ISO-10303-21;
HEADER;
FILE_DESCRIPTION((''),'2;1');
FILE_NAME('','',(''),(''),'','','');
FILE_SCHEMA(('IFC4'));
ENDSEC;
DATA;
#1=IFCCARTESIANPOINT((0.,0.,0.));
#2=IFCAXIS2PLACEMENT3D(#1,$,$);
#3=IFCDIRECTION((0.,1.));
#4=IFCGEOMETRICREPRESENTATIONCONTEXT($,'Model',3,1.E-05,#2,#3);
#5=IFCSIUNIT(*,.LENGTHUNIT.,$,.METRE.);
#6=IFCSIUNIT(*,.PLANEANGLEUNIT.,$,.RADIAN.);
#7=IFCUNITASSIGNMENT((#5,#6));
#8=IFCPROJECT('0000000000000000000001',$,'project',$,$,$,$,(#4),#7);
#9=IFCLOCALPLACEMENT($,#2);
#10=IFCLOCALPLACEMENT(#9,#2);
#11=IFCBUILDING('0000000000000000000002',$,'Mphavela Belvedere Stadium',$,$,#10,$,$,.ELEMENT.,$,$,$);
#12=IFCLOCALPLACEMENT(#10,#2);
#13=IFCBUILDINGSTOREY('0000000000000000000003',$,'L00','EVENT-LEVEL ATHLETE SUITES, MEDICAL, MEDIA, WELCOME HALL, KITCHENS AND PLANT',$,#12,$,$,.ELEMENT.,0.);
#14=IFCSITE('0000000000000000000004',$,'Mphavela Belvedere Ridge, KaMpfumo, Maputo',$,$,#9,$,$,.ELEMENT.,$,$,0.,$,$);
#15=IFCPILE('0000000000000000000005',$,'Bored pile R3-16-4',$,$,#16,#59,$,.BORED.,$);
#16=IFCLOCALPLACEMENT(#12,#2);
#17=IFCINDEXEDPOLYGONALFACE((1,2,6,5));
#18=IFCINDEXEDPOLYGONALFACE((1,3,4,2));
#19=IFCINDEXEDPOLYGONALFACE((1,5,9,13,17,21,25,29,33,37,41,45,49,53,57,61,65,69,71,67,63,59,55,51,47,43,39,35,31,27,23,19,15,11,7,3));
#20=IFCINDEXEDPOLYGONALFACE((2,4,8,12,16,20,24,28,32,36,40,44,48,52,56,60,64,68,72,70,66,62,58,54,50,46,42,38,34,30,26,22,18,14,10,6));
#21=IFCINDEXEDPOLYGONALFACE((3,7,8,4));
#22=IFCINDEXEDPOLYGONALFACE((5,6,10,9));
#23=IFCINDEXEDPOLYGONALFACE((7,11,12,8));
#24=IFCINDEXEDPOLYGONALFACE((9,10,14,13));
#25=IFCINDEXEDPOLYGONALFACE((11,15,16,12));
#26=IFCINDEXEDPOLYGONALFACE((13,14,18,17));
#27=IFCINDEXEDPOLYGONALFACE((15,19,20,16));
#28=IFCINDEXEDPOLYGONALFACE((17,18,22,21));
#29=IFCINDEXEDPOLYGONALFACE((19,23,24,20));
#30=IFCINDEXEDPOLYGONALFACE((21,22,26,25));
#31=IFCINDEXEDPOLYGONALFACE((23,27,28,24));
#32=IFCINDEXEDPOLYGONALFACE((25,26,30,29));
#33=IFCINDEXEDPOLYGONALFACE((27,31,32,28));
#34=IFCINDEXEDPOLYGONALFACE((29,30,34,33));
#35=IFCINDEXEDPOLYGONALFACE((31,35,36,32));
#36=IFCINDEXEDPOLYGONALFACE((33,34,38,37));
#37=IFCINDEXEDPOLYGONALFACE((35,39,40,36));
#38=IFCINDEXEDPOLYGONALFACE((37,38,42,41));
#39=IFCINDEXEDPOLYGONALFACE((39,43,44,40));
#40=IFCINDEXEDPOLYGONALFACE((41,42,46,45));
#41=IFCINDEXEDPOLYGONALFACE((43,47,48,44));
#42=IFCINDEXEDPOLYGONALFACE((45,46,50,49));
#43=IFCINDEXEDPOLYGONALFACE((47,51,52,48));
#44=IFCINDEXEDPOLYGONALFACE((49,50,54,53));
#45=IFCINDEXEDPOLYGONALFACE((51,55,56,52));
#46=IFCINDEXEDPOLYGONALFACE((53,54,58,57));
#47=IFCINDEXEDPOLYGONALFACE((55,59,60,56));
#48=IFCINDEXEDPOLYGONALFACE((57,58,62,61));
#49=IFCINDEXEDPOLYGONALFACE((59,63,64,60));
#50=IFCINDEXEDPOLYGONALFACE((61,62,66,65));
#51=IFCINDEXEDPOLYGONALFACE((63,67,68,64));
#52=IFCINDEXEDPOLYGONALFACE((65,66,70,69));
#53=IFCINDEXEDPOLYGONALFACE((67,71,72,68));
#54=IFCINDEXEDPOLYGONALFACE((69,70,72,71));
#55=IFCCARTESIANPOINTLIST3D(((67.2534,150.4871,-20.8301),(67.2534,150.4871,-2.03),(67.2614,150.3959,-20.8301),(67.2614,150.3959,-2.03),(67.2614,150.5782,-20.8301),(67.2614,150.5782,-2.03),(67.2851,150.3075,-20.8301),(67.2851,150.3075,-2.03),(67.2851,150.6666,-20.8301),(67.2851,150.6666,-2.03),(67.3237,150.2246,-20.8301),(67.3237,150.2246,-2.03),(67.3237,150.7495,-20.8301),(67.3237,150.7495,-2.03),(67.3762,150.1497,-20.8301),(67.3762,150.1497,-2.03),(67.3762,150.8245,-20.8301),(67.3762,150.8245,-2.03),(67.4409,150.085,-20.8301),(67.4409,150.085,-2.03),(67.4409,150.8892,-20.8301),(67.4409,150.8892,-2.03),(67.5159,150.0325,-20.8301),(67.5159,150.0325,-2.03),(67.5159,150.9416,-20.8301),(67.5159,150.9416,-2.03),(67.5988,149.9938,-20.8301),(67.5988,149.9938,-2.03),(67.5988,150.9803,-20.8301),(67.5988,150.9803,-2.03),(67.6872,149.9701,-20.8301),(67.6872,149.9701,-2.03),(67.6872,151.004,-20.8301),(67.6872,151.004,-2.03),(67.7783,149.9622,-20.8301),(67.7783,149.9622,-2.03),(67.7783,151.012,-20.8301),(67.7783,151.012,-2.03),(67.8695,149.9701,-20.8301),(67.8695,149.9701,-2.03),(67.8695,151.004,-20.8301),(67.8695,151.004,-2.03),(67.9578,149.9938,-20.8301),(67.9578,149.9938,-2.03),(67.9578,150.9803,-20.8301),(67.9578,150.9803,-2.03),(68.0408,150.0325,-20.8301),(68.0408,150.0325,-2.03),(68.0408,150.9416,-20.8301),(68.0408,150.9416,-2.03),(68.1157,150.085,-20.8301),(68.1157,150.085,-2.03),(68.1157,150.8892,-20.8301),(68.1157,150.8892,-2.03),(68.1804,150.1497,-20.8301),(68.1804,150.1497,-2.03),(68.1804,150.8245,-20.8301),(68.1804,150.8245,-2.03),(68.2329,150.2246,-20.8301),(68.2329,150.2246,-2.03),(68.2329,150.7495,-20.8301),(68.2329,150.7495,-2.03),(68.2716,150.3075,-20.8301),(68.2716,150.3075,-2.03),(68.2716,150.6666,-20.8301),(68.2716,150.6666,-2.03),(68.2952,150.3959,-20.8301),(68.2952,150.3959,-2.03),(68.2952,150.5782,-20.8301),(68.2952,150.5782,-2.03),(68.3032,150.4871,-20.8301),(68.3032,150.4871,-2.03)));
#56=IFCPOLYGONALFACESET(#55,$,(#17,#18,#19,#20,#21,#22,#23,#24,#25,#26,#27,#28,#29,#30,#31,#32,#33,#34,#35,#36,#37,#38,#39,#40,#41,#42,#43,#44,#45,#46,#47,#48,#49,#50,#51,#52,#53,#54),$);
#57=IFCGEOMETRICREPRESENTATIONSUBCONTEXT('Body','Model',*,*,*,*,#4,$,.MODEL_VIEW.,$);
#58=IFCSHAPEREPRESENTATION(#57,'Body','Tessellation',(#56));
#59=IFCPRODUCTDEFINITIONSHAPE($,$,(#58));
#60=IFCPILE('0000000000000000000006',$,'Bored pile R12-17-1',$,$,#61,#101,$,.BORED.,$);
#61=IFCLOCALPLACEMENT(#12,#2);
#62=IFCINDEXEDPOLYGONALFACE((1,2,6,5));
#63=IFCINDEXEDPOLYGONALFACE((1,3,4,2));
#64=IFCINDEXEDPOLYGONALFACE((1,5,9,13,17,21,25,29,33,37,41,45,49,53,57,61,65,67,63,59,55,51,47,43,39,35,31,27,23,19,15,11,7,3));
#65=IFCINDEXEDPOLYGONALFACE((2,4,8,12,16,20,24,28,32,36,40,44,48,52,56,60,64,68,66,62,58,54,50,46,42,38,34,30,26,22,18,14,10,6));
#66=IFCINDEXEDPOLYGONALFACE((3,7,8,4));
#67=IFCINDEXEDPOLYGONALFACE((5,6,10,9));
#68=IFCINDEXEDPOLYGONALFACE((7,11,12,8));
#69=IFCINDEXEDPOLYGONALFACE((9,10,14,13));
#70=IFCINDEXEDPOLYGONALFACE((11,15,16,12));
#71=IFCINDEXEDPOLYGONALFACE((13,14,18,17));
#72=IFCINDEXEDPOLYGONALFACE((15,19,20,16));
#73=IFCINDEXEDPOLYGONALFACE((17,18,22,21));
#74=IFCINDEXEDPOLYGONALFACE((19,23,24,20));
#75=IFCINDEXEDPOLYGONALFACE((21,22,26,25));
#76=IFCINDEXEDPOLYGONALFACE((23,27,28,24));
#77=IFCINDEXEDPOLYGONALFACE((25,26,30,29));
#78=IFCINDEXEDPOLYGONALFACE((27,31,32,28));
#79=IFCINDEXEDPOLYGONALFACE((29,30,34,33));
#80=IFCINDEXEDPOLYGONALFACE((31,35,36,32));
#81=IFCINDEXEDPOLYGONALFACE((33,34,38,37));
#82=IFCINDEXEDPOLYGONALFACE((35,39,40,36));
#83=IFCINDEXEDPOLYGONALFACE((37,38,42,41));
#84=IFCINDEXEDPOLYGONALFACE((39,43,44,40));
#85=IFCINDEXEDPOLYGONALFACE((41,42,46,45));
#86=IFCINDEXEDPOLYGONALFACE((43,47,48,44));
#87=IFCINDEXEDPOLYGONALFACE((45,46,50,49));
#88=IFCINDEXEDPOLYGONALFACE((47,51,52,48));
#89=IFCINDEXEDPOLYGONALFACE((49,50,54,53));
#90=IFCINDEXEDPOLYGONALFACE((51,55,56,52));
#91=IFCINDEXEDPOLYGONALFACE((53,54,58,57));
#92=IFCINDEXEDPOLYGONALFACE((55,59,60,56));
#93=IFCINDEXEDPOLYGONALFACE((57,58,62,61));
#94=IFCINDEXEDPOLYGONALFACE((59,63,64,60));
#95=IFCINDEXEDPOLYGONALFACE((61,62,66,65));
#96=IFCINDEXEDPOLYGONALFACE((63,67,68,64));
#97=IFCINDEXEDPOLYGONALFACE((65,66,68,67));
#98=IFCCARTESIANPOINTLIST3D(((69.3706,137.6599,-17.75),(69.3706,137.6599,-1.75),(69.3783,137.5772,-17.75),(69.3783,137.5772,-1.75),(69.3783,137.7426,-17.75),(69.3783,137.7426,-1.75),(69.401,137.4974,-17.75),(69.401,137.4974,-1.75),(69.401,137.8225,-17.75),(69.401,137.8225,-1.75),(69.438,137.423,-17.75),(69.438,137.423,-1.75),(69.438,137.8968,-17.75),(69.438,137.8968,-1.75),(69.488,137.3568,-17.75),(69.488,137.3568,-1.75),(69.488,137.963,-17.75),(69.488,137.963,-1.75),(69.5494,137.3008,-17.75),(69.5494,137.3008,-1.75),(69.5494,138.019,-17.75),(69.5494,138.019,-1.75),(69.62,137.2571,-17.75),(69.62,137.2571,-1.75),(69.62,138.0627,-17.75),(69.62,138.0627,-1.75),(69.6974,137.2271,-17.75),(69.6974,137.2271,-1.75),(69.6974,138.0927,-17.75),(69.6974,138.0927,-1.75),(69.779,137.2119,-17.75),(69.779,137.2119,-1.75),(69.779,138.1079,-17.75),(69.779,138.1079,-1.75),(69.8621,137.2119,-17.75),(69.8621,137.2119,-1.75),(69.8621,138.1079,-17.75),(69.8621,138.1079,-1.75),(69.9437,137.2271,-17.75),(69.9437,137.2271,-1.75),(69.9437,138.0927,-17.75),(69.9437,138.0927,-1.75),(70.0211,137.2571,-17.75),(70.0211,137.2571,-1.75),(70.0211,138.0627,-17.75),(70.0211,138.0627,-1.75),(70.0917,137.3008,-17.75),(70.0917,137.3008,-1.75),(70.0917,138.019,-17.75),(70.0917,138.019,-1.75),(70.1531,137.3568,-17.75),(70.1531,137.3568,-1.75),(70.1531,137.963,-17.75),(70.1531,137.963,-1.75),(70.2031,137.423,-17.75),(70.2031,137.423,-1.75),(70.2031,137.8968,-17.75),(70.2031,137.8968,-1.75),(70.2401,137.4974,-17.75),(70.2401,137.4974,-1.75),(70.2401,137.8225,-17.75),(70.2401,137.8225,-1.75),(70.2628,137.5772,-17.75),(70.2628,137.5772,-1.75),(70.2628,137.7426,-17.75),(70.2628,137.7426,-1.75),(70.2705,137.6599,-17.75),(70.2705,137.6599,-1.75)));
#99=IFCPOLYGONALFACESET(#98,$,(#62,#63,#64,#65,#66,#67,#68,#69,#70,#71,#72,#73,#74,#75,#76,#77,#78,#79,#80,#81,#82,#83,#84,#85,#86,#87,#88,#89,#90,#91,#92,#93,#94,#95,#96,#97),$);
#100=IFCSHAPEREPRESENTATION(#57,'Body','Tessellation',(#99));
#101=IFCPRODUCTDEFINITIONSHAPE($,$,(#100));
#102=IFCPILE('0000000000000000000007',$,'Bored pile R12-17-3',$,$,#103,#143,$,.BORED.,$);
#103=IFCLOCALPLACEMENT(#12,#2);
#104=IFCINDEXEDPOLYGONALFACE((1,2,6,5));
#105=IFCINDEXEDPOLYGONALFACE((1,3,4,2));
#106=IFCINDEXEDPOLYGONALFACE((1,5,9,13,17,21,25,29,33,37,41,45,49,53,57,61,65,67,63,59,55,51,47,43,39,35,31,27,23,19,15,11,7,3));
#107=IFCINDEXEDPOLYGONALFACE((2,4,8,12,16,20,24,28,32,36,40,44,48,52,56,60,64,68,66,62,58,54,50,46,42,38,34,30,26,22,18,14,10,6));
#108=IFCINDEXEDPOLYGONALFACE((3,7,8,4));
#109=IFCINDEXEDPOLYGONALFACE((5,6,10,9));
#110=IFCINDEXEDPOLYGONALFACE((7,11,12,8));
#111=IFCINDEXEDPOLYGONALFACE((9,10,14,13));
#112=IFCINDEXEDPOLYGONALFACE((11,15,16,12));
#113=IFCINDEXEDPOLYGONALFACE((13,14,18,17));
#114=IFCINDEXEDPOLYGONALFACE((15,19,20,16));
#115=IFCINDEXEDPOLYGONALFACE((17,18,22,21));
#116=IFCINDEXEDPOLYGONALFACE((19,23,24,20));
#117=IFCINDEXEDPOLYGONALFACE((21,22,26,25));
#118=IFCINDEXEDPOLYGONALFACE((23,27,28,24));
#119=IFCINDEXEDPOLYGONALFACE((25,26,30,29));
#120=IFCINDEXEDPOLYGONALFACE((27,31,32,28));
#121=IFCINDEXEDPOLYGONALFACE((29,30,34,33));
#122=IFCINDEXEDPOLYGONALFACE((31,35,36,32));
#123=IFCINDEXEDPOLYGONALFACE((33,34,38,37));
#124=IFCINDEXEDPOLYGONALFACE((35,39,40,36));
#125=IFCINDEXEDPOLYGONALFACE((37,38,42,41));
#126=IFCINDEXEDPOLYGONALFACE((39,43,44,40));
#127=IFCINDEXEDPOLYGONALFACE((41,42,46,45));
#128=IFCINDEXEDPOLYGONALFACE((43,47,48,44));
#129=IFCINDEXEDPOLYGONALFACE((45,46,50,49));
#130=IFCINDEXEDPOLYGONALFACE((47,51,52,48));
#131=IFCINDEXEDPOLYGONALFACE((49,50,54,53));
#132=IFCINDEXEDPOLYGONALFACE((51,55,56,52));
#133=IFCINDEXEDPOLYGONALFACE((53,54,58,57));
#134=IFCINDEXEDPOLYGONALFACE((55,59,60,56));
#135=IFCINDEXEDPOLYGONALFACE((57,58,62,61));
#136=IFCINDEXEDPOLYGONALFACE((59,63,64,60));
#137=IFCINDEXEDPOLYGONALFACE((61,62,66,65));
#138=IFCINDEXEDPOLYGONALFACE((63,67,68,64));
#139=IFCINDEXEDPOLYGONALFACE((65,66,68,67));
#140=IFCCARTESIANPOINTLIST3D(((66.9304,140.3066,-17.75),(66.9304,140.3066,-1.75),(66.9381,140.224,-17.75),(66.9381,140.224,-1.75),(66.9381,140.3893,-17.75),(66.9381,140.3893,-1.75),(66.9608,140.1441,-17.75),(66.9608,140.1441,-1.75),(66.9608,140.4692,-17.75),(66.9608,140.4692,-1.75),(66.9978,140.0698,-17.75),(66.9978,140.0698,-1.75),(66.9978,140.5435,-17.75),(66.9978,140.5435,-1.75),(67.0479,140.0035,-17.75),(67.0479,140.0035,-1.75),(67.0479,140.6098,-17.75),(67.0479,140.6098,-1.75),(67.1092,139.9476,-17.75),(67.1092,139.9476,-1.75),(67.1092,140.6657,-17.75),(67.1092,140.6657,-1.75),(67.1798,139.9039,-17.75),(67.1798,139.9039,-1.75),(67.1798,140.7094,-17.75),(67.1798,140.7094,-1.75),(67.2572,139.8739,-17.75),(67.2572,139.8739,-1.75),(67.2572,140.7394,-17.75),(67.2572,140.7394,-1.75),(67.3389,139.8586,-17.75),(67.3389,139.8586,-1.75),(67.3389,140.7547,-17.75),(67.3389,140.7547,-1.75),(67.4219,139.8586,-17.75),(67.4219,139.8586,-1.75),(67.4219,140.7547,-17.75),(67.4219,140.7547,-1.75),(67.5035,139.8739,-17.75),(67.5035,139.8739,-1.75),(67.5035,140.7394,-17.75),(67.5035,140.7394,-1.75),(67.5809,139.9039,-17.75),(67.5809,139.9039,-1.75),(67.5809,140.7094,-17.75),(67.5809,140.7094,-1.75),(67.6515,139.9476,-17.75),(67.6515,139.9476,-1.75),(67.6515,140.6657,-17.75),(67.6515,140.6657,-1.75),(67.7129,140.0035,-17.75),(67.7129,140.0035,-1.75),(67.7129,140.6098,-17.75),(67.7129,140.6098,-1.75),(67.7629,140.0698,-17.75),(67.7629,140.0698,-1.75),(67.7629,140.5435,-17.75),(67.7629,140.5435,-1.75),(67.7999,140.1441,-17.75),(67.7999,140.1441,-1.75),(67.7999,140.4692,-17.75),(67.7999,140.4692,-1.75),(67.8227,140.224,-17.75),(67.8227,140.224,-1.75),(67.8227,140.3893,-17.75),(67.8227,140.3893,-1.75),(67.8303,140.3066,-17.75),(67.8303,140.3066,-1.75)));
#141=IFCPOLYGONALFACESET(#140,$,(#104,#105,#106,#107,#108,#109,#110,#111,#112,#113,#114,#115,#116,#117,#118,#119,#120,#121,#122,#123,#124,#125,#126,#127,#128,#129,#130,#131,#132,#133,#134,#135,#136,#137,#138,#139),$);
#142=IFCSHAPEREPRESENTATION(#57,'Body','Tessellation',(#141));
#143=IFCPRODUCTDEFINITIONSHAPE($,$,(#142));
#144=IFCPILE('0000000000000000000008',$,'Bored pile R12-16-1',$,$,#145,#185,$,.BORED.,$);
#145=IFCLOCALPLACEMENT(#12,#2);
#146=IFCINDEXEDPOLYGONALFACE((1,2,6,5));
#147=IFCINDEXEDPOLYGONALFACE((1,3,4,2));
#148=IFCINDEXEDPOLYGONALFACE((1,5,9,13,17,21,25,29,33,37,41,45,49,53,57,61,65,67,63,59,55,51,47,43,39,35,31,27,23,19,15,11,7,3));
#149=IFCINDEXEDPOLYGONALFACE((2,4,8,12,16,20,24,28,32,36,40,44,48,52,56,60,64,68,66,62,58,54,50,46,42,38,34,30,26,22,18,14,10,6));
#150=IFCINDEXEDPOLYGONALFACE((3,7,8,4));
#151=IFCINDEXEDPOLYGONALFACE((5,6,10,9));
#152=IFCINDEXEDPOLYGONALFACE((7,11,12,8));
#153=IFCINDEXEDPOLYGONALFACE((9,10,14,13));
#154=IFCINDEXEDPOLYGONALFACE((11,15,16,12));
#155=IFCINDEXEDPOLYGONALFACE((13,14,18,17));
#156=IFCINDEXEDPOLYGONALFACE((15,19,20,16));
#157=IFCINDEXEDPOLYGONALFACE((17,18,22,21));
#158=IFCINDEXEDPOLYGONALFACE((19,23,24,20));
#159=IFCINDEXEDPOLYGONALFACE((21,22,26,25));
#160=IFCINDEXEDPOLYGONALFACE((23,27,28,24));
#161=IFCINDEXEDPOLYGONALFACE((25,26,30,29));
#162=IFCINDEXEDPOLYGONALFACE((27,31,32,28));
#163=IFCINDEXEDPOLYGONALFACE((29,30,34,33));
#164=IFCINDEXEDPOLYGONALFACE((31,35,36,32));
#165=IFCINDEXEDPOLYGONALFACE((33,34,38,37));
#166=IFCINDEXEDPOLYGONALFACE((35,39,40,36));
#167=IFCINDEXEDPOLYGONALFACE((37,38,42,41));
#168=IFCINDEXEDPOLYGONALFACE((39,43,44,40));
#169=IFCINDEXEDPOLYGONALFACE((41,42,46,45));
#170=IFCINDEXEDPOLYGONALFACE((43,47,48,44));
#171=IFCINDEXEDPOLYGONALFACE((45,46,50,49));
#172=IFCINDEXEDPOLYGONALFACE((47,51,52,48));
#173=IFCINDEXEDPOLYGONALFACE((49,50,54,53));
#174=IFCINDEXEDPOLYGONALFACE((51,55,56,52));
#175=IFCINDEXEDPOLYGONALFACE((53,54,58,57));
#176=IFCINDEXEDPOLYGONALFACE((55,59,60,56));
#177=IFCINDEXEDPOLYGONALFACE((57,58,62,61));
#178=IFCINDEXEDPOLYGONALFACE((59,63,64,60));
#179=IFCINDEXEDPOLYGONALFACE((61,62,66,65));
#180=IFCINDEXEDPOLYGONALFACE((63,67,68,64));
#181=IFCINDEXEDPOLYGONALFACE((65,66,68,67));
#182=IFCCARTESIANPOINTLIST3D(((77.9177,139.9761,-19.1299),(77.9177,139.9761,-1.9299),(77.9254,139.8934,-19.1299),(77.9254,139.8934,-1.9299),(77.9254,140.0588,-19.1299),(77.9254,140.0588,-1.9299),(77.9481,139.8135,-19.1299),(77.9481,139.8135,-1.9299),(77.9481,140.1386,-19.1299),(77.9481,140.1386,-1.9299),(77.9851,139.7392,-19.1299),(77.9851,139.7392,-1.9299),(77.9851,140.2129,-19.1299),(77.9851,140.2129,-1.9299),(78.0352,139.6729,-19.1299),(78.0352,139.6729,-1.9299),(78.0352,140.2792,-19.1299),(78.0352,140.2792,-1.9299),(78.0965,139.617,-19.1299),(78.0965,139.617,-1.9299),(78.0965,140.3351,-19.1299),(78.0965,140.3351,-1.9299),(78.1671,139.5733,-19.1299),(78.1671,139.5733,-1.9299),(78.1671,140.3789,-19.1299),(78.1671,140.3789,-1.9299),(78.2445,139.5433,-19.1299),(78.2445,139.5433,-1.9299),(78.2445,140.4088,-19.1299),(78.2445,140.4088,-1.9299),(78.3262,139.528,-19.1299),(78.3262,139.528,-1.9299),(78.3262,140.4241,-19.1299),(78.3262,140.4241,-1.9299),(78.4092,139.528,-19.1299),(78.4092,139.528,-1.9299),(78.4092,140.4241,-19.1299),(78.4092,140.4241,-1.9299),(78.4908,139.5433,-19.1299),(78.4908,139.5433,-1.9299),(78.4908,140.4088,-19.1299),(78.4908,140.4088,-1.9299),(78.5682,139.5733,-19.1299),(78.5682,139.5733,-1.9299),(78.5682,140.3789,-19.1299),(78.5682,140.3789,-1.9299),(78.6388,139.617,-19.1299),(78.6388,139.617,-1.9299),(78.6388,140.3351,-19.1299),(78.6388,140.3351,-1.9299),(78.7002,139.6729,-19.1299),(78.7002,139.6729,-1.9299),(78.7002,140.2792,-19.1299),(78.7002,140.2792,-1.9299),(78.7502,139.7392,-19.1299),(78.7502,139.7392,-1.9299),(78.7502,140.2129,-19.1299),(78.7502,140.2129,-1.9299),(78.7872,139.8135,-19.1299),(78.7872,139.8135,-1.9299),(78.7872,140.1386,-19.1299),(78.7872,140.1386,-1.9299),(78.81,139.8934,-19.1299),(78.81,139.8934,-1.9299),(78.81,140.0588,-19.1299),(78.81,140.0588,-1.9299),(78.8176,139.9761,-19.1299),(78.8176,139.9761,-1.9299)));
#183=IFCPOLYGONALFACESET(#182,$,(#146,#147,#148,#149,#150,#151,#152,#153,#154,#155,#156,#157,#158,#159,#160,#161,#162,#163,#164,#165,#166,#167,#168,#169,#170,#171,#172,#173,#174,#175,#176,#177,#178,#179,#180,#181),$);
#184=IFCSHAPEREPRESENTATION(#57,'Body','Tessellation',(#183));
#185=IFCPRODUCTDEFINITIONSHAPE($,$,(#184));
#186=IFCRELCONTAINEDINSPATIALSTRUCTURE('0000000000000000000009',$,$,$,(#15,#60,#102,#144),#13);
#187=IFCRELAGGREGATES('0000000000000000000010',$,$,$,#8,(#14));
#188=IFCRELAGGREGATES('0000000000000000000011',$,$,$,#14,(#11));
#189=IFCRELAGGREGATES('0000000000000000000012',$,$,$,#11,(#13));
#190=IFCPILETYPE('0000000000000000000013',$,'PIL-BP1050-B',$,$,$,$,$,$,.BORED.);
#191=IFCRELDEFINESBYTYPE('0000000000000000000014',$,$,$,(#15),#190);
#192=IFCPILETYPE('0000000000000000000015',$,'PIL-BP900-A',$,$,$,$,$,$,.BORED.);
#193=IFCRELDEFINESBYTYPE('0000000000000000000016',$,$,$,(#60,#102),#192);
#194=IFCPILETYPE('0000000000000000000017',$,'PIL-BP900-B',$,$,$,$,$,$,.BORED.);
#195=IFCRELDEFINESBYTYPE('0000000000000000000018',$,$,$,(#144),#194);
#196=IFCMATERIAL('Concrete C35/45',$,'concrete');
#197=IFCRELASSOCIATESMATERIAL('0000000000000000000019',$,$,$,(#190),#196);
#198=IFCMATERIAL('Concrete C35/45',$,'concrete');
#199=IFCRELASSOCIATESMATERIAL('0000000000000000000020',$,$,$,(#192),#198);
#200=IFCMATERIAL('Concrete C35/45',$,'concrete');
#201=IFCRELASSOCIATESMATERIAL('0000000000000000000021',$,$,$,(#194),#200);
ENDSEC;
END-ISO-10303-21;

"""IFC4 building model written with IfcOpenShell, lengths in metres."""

from ifc_helpers import new_model, si_unit, direction, frame, origin, origin_2d, place, context, subcontext, project, spatial, circle, extrude, material, material_profile, profile_set, type_object, element, save


model = new_model("IFC4")

# Units and contexts
model_context = context("Model", 3, precision=1e-05, world=origin(), true_north=direction((0.0, 1.0)))
body_context = subcontext(model_context, "Body", "Model", "MODEL_VIEW")
ifc_project = project(units=[si_unit("LENGTHUNIT", "METRE"), si_unit("PLANEANGLEUNIT", "RADIAN")], contexts=[model_context])

# Site, building, storey
site_placement = place(None, origin())
site = spatial("IfcSite", under=ifc_project, at=site_placement, Name="Mphavela Belvedere Ridge, KaMpfumo, Maputo", CompositionType="ELEMENT", RefElevation=0.0)
building_placement = place(site_placement, origin())
building = spatial("IfcBuilding", under=site, at=building_placement, Name="Mphavela Belvedere Stadium", CompositionType="ELEMENT")
storey_placement = place(building_placement, origin())
storey = spatial("IfcBuildingStorey", under=building, at=storey_placement, Name="L00", Description="EVENT-LEVEL ATHLETE SUITES, MEDICAL, MEDIA, WELCOME HALL, KITCHENS AND PLANT", CompositionType="ELEMENT", Elevation=0.0)

# Piles
ifc_material_1 = material(Name="Concrete C35/45", Category="concrete")
ifc_material_profile_1 = material_profile(ifc_material_1, circle(Radius=0.5249, at=origin_2d()), Name="BP D1050")
ifc_profile_set_1 = profile_set([ifc_material_profile_1], Name="Concrete C35/45")
pile_type_1 = type_object("IfcPileType", Name="PIL-BP1050-B", PredefinedType="BORED", material=ifc_profile_set_1)
for number, where, z_axis, x_axis, name in (
    (1, (67.7783, 150.4871, -2.03), (0.0, 0.0, -1.0), (1.0, 0.0, 0.0), "Bored pile R3-16-4"),
):
    element("IfcPile", number, at=place(storey_placement, frame(where, z_axis=z_axis, x_axis=x_axis)), inside=storey, type_object=pile_type_1, Name=name, PredefinedType="BORED", context=body_context, shape_type="SweptSolid", body=[
        extrude(circle(Radius=0.5249, at=origin_2d()), origin(), (0.0, 0.0, 1.0), 18.8),
    ])
ifc_material_2 = material(Name="Concrete C35/45", Category="concrete")
ifc_material_profile_2 = material_profile(ifc_material_2, circle(Radius=0.45, at=origin_2d()), Name="BP D900")
ifc_profile_set_2 = profile_set([ifc_material_profile_2], Name="Concrete C35/45")
pile_type_2 = type_object("IfcPileType", Name="PIL-BP900-A", PredefinedType="BORED", material=ifc_profile_set_2)
for number, where, z_axis, x_axis, name in (
    (2, (69.8206, 137.6599, -1.75), (0.0, 0.0, -1.0), (1.0, 0.0, 0.0), "Bored pile R12-17-1"),
    (3, (67.3804, 140.3066, -1.75), (0.0, 0.0, -1.0), (1.0, 0.0, 0.0), "Bored pile R12-17-3"),
):
    element("IfcPile", number, at=place(storey_placement, frame(where, z_axis=z_axis, x_axis=x_axis)), inside=storey, type_object=pile_type_2, Name=name, PredefinedType="BORED", context=body_context, shape_type="SweptSolid", body=[
        extrude(circle(Radius=0.45, at=origin_2d()), origin(), (0.0, 0.0, 1.0), 16.0),
    ])
ifc_material_3 = material(Name="Concrete C35/45", Category="concrete")
ifc_material_profile_3 = material_profile(ifc_material_3, circle(Radius=0.45, at=origin_2d()), Name="BP D900")
ifc_profile_set_3 = profile_set([ifc_material_profile_3], Name="Concrete C35/45")
pile_type_3 = type_object("IfcPileType", Name="PIL-BP900-B", PredefinedType="BORED", material=ifc_profile_set_3)
for number, where, z_axis, x_axis, name in (
    (4, (78.3677, 139.9761, -1.9299), (0.0, 0.0, -1.0), (1.0, 0.0, 0.0), "Bored pile R12-16-1"),
):
    element("IfcPile", number, at=place(storey_placement, frame(where, z_axis=z_axis, x_axis=x_axis)), inside=storey, type_object=pile_type_3, Name=name, PredefinedType="BORED", context=body_context, shape_type="SweptSolid", body=[
        extrude(circle(Radius=0.45, at=origin_2d()), origin(), (0.0, 0.0, 1.0), 17.2),
    ])

save(model, "model.ifc")
